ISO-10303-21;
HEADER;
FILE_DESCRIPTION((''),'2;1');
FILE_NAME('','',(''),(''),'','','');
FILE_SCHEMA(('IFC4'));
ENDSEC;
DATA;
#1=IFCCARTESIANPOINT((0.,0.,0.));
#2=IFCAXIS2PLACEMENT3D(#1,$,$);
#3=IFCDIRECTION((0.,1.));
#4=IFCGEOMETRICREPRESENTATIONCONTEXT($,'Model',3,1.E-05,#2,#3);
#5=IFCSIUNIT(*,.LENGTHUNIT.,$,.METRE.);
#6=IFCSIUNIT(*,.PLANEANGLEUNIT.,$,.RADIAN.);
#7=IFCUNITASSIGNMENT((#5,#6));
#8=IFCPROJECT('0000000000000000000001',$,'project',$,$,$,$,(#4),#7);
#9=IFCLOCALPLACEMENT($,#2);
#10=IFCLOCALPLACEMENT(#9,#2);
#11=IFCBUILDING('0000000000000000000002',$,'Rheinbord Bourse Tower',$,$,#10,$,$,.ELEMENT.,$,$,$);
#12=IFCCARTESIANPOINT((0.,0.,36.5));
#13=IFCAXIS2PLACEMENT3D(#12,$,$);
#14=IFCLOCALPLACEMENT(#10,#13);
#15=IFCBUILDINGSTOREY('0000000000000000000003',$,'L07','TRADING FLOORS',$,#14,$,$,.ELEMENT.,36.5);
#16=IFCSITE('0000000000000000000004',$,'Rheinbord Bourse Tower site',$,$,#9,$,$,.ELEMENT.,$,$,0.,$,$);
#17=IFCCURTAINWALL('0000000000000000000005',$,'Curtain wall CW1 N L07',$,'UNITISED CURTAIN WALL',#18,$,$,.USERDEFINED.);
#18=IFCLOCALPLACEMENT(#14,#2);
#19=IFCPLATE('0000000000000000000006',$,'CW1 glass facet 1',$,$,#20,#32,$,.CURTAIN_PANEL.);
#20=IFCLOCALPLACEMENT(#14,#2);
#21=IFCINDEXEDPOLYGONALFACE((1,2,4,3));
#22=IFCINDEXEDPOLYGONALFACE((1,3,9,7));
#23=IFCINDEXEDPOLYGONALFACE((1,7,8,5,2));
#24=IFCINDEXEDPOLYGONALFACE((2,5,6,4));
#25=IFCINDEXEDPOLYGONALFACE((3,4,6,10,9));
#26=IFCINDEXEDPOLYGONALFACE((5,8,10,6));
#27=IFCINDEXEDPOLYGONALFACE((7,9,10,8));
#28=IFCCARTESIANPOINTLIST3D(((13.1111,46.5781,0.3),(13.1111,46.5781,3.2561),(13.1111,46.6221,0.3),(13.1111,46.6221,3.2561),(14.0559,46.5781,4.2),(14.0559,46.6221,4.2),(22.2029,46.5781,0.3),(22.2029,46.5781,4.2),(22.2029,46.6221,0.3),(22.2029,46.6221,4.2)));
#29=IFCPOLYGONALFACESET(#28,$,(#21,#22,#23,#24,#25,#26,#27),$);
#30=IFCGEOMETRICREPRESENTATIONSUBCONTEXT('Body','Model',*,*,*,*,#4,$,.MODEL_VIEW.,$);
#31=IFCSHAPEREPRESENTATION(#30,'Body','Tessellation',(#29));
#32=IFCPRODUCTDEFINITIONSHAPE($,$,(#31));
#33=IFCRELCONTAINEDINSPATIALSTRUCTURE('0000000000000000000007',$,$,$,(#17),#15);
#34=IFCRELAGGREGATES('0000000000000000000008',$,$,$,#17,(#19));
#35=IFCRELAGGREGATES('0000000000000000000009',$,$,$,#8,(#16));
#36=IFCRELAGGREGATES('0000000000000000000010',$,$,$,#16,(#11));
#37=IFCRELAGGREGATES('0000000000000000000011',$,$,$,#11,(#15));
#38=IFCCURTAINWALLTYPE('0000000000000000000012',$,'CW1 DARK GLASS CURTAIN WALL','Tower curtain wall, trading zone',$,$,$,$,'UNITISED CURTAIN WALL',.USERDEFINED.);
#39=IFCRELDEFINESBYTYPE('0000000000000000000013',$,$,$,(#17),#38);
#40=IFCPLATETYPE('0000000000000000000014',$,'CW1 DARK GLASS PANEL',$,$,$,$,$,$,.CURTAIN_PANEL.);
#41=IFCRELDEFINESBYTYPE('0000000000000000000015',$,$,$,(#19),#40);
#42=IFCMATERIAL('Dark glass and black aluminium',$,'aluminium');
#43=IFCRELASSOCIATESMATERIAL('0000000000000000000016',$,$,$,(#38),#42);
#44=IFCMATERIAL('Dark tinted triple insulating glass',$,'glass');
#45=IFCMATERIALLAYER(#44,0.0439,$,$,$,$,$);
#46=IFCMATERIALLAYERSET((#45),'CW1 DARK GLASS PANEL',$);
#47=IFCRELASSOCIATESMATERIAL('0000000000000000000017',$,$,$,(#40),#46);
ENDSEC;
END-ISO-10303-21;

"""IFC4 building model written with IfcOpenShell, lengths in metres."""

from ifc_helpers import new_model, si_unit, direction, frame, origin, place, context, subcontext, project, spatial, polyline, outline, extrude, material, layer, layer_set, type_object, element, aggregate, save


model = new_model("IFC4")

# Units and contexts
model_context = context("Model", 3, precision=1e-05, world=origin(), true_north=direction((0.0, 1.0)))
body_context = subcontext(model_context, "Body", "Model", "MODEL_VIEW")
ifc_project = project(units=[si_unit("LENGTHUNIT", "METRE"), si_unit("PLANEANGLEUNIT", "RADIAN")], contexts=[model_context])

# Site, building, storey
site_placement = place(None, origin())
site = spatial("IfcSite", under=ifc_project, at=site_placement, Name="Rheinbord Bourse Tower site", CompositionType="ELEMENT", RefElevation=0.0)
building_placement = place(site_placement, origin())
building = spatial("IfcBuilding", under=site, at=building_placement, Name="Rheinbord Bourse Tower", CompositionType="ELEMENT")
storey_placement = place(building_placement, frame((0.0, 0.0, 36.5)))
storey = spatial("IfcBuildingStorey", under=building, at=storey_placement, Name="L07", Description="TRADING FLOORS", CompositionType="ELEMENT", Elevation=36.5)

# Curtain wall
ifc_material_1 = material(Name="Dark glass and black aluminium", Category="aluminium")
curtain_wall_type = type_object("IfcCurtainWallType", Name="CW1 DARK GLASS CURTAIN WALL", Description="Tower curtain wall, trading zone", ElementType="UNITISED CURTAIN WALL", PredefinedType="USERDEFINED", material=ifc_material_1)
curtain_wall_placement = place(storey_placement, origin())
curtain_wall = element("IfcCurtainWall", 1, at=curtain_wall_placement, inside=storey, type_object=curtain_wall_type, Name="Curtain wall CW1 N L07", ObjectType="UNITISED CURTAIN WALL", PredefinedType="USERDEFINED")

# Plate
ifc_material_2 = material(Name="Dark tinted triple insulating glass", Category="glass")
ifc_layer = layer(ifc_material_2, 0.0439)
ifc_layer_set = layer_set([ifc_layer], Name="CW1 DARK GLASS PANEL")
plate_type = type_object("IfcPlateType", Name="CW1 DARK GLASS PANEL", PredefinedType="CURTAIN_PANEL", material=ifc_layer_set)
plate_1_placement = place(storey_placement, frame((13.1111, 46.6221, 0.3), z_axis=(0.0, -1.0, 0.0), x_axis=(1.0, 0.0, 0.0)))
plate_1 = element("IfcPlate", 2, at=plate_1_placement, type_object=plate_type, Name="CW1 glass facet 1", PredefinedType="CURTAIN_PANEL", context=body_context, shape_type="SweptSolid", body=[
    extrude(outline(polyline([(0.0, 0.0), (9.0918, 0.0), (9.0918, 3.8999), (0.9448, 3.8999), (0.0, 2.9561), (0.0, 0.0)])), origin(), (0.0, 0.0, 1.0), 0.0439),
])
aggregate(curtain_wall, [plate_1])

save(model, "model.ifc")
